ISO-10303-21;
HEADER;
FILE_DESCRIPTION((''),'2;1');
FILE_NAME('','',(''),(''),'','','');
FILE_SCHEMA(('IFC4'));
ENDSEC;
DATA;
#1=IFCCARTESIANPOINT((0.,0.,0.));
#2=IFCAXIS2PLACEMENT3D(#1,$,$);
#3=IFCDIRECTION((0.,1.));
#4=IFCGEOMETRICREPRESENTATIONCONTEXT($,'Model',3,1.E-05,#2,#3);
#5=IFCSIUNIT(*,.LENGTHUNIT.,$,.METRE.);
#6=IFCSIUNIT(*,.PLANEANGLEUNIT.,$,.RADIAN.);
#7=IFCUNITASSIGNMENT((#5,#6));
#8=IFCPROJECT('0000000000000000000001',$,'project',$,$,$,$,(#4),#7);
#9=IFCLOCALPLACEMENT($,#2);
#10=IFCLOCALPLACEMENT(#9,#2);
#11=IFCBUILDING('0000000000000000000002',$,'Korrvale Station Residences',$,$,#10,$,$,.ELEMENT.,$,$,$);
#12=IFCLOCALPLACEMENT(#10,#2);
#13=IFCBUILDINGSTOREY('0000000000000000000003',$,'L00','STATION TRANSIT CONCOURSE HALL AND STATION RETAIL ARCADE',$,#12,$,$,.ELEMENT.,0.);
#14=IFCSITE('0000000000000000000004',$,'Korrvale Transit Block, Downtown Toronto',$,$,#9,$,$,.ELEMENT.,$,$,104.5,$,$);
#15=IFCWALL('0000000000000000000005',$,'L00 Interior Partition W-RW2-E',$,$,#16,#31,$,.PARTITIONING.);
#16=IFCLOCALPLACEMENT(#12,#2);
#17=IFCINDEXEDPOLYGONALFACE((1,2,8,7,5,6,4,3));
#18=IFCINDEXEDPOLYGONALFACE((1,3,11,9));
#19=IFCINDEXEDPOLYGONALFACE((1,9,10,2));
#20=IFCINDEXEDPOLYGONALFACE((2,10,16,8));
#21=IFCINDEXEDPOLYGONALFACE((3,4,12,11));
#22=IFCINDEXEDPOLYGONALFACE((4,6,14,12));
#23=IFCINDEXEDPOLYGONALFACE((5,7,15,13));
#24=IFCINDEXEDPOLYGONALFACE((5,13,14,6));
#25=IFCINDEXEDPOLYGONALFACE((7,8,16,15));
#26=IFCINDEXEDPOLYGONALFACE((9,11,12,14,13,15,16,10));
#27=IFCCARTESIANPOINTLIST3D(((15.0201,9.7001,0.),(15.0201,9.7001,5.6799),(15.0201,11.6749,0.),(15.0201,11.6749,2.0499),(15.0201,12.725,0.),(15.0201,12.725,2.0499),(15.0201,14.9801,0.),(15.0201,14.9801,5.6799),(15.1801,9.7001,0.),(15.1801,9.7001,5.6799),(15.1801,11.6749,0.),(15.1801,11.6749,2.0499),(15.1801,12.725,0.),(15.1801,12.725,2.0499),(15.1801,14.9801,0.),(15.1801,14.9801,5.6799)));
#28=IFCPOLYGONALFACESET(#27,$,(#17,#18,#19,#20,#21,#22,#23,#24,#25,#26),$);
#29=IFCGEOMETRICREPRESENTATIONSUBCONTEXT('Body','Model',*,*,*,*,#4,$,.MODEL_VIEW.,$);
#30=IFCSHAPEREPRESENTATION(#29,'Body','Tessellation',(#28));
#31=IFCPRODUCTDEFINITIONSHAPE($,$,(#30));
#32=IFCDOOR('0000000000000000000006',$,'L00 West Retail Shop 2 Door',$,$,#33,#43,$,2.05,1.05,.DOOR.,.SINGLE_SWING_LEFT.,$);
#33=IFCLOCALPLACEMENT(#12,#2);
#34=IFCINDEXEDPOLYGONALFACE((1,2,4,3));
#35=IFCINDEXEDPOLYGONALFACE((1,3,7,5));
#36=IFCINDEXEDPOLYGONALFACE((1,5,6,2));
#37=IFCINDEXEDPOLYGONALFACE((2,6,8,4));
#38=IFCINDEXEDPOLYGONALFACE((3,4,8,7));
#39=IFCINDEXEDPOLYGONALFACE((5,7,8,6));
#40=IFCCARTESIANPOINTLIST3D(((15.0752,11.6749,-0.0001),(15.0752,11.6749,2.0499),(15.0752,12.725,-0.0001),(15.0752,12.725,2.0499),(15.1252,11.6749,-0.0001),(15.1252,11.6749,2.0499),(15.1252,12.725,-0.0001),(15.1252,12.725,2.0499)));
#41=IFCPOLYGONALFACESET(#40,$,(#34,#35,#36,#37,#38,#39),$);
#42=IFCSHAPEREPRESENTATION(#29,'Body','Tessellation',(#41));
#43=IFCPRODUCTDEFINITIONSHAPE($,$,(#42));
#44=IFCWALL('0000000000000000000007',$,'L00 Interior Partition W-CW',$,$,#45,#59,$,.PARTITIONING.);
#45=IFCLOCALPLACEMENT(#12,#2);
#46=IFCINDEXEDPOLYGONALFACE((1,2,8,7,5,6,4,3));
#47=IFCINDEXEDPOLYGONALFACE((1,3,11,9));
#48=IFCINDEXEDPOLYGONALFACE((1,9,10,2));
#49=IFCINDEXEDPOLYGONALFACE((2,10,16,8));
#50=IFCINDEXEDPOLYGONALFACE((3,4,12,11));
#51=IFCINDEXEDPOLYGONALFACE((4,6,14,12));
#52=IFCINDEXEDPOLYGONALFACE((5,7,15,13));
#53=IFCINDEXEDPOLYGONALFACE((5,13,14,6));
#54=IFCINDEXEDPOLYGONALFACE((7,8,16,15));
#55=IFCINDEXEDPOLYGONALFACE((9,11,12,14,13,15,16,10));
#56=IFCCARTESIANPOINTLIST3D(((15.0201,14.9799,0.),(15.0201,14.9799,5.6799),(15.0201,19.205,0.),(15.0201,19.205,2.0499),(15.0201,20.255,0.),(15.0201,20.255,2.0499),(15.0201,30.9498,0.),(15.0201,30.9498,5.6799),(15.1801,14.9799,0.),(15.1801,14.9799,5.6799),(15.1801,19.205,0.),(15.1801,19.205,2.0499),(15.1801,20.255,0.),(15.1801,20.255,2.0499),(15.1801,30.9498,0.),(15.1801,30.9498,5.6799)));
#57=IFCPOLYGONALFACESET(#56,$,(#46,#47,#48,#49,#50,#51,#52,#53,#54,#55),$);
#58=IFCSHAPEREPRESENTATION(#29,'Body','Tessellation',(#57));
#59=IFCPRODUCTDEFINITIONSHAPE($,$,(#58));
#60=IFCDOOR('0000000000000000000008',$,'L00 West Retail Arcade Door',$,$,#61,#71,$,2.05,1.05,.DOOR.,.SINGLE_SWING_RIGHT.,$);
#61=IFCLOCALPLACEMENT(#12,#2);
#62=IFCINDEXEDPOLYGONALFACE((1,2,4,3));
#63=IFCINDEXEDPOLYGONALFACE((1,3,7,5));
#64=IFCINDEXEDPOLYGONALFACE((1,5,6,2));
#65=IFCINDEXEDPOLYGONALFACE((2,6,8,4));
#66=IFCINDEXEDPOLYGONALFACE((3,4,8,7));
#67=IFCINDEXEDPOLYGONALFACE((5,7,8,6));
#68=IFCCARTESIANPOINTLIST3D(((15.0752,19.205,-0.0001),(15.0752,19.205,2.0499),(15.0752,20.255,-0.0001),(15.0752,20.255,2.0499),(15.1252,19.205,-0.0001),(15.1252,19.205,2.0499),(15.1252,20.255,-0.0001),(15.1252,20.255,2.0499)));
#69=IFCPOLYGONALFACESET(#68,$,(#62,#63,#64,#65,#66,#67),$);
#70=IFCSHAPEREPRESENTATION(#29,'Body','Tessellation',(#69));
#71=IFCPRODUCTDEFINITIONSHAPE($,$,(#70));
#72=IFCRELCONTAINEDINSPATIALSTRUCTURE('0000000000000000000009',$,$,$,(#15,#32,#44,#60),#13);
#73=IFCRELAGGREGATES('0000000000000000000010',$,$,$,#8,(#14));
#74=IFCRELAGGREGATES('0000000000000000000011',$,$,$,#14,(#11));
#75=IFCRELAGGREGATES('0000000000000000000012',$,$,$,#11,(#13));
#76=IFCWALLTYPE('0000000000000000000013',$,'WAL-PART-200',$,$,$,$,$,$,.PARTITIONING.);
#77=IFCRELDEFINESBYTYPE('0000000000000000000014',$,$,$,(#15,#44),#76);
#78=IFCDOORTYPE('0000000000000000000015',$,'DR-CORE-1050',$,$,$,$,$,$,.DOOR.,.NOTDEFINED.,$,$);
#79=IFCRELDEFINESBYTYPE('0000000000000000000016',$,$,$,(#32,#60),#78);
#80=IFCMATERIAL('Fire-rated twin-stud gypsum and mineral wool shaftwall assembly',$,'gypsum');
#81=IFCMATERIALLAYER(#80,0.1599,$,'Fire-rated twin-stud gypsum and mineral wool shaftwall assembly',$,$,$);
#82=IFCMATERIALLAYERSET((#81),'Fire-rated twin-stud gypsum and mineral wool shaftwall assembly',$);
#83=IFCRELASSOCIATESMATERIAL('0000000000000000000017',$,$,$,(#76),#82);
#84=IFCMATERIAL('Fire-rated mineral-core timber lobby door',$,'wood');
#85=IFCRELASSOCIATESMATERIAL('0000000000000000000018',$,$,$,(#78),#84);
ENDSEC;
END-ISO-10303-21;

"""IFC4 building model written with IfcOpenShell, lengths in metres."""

from ifc_helpers import new_model, si_unit, direction, frame, frame_2d, origin, place, context, subcontext, project, spatial, rectangle, extrude, material, layer, layer_set, type_object, element, fill, save


model = new_model("IFC4")

# Units and contexts
model_context = context("Model", 3, precision=1e-05, world=origin(), true_north=direction((0.0, 1.0)))
body_context = subcontext(model_context, "Body", "Model", "MODEL_VIEW")
ifc_project = project(units=[si_unit("LENGTHUNIT", "METRE"), si_unit("PLANEANGLEUNIT", "RADIAN")], contexts=[model_context])

# Site, building, storey
site_placement = place(None, origin())
site = spatial("IfcSite", under=ifc_project, at=site_placement, Name="Korrvale Transit Block, Downtown Toronto", CompositionType="ELEMENT", RefElevation=104.5)
building_placement = place(site_placement, origin())
building = spatial("IfcBuilding", under=site, at=building_placement, Name="Korrvale Station Residences", CompositionType="ELEMENT")
storey_placement = place(building_placement, origin())
storey = spatial("IfcBuildingStorey", under=building, at=storey_placement, Name="L00", Description="STATION TRANSIT CONCOURSE HALL AND STATION RETAIL ARCADE", CompositionType="ELEMENT", Elevation=0.0)

# Shared definitions
ifc_material_1 = material(Name="Fire-rated twin-stud gypsum and mineral wool shaftwall assembly", Category="gypsum")
ifc_layer = layer(ifc_material_1, 0.1599, Name="Fire-rated twin-stud gypsum and mineral wool shaftwall assembly")
ifc_layer_set = layer_set([ifc_layer], Name="Fire-rated twin-stud gypsum and mineral wool shaftwall assembly")
wall_type = type_object("IfcWallType", Name="WAL-PART-200", PredefinedType="PARTITIONING", material=ifc_layer_set)
ifc_material_2 = material(Name="Fire-rated mineral-core timber lobby door", Category="wood")
door_type = type_object("IfcDoorType", Name="DR-CORE-1050", OperationType="NOTDEFINED", PredefinedType="DOOR", material=ifc_material_2)

# Walls, openings, doors
wall_1_placement = place(storey_placement, frame((15.1001, 9.7, 0.0), z_axis=(0.0, 0.0, 1.0), x_axis=(0.0, 1.0, 0.0)))
wall_1 = element("IfcWall", 1, at=wall_1_placement, inside=storey, type_object=wall_type, Name="L00 Interior Partition W-RW2-E", PredefinedType="PARTITIONING", context=body_context, shape_type="SweptSolid", body=[
    extrude(rectangle(XDim=5.28, YDim=0.1599, at=frame_2d((2.6401, 0.0))), origin(), (0.0, 0.0, 1.0), 5.6799),
])
opening_1_placement = place(wall_1_placement, frame((1.9751, 0.0, 0.0)))
opening_1 = element("IfcOpeningElement", 2, at=opening_1_placement, cuts=wall_1, PredefinedType="OPENING", context=body_context, shape_type="SweptSolid", body=[
    extrude(rectangle(XDim=1.05, YDim=2.05, at=frame_2d((0.5249, 1.0249))), frame((0.0, 0.0898, 0.0), z_axis=(0.0, -1.0, 0.0), x_axis=(1.0, 0.0, 0.0)), (0.0, 0.0, 1.0), 0.1799),
])
door_1_placement = place(opening_1_placement, origin())
door_1 = element("IfcDoor", 3, at=door_1_placement, inside=storey, type_object=door_type, Name="L00 West Retail Shop 2 Door", OperationType="SINGLE_SWING_LEFT", OverallHeight=2.05, OverallWidth=1.05, PredefinedType="DOOR", context=body_context, shape_type="SweptSolid", body=[
    extrude(rectangle(XDim=1.05, YDim=2.05, at=frame_2d((0.5249, 1.0249))), frame((0.0, 0.0249, 0.0), z_axis=(0.0, -1.0, 0.0), x_axis=(1.0, 0.0, 0.0)), (0.0, 0.0, 1.0), 0.05),
])
fill(opening_1, door_1)
wall_2_placement = place(storey_placement, frame((15.1001, 14.98, 0.0), z_axis=(0.0, 0.0, 1.0), x_axis=(0.0, 1.0, 0.0)))
wall_2 = element("IfcWall", 4, at=wall_2_placement, inside=storey, type_object=wall_type, Name="L00 Interior Partition W-CW", PredefinedType="PARTITIONING", context=body_context, shape_type="SweptSolid", body=[
    extrude(rectangle(XDim=15.97, YDim=0.1599, at=frame_2d((7.9849, 0.0))), origin(), (0.0, 0.0, 1.0), 5.6799),
])
opening_2_placement = place(wall_2_placement, frame((4.2251, 0.0, 0.0)))
opening_2 = element("IfcOpeningElement", 5, at=opening_2_placement, cuts=wall_2, PredefinedType="OPENING", context=body_context, shape_type="SweptSolid", body=[
    extrude(rectangle(XDim=1.05, YDim=2.05, at=frame_2d((0.5249, 1.0249))), frame((0.0, 0.0898, 0.0), z_axis=(0.0, -1.0, 0.0), x_axis=(1.0, 0.0, 0.0)), (0.0, 0.0, 1.0), 0.1799),
])
door_2_placement = place(opening_2_placement, origin())
door_2 = element("IfcDoor", 6, at=door_2_placement, inside=storey, type_object=door_type, Name="L00 West Retail Arcade Door", OperationType="SINGLE_SWING_RIGHT", OverallHeight=2.05, OverallWidth=1.05, PredefinedType="DOOR", context=body_context, shape_type="SweptSolid", body=[
    extrude(rectangle(XDim=1.05, YDim=2.05, at=frame_2d((0.5249, 1.0249))), frame((0.0, 0.0249, 0.0), z_axis=(0.0, -1.0, 0.0), x_axis=(1.0, 0.0, 0.0)), (0.0, 0.0, 1.0), 0.05),
])
fill(opening_2, door_2)

save(model, "model.ifc")
